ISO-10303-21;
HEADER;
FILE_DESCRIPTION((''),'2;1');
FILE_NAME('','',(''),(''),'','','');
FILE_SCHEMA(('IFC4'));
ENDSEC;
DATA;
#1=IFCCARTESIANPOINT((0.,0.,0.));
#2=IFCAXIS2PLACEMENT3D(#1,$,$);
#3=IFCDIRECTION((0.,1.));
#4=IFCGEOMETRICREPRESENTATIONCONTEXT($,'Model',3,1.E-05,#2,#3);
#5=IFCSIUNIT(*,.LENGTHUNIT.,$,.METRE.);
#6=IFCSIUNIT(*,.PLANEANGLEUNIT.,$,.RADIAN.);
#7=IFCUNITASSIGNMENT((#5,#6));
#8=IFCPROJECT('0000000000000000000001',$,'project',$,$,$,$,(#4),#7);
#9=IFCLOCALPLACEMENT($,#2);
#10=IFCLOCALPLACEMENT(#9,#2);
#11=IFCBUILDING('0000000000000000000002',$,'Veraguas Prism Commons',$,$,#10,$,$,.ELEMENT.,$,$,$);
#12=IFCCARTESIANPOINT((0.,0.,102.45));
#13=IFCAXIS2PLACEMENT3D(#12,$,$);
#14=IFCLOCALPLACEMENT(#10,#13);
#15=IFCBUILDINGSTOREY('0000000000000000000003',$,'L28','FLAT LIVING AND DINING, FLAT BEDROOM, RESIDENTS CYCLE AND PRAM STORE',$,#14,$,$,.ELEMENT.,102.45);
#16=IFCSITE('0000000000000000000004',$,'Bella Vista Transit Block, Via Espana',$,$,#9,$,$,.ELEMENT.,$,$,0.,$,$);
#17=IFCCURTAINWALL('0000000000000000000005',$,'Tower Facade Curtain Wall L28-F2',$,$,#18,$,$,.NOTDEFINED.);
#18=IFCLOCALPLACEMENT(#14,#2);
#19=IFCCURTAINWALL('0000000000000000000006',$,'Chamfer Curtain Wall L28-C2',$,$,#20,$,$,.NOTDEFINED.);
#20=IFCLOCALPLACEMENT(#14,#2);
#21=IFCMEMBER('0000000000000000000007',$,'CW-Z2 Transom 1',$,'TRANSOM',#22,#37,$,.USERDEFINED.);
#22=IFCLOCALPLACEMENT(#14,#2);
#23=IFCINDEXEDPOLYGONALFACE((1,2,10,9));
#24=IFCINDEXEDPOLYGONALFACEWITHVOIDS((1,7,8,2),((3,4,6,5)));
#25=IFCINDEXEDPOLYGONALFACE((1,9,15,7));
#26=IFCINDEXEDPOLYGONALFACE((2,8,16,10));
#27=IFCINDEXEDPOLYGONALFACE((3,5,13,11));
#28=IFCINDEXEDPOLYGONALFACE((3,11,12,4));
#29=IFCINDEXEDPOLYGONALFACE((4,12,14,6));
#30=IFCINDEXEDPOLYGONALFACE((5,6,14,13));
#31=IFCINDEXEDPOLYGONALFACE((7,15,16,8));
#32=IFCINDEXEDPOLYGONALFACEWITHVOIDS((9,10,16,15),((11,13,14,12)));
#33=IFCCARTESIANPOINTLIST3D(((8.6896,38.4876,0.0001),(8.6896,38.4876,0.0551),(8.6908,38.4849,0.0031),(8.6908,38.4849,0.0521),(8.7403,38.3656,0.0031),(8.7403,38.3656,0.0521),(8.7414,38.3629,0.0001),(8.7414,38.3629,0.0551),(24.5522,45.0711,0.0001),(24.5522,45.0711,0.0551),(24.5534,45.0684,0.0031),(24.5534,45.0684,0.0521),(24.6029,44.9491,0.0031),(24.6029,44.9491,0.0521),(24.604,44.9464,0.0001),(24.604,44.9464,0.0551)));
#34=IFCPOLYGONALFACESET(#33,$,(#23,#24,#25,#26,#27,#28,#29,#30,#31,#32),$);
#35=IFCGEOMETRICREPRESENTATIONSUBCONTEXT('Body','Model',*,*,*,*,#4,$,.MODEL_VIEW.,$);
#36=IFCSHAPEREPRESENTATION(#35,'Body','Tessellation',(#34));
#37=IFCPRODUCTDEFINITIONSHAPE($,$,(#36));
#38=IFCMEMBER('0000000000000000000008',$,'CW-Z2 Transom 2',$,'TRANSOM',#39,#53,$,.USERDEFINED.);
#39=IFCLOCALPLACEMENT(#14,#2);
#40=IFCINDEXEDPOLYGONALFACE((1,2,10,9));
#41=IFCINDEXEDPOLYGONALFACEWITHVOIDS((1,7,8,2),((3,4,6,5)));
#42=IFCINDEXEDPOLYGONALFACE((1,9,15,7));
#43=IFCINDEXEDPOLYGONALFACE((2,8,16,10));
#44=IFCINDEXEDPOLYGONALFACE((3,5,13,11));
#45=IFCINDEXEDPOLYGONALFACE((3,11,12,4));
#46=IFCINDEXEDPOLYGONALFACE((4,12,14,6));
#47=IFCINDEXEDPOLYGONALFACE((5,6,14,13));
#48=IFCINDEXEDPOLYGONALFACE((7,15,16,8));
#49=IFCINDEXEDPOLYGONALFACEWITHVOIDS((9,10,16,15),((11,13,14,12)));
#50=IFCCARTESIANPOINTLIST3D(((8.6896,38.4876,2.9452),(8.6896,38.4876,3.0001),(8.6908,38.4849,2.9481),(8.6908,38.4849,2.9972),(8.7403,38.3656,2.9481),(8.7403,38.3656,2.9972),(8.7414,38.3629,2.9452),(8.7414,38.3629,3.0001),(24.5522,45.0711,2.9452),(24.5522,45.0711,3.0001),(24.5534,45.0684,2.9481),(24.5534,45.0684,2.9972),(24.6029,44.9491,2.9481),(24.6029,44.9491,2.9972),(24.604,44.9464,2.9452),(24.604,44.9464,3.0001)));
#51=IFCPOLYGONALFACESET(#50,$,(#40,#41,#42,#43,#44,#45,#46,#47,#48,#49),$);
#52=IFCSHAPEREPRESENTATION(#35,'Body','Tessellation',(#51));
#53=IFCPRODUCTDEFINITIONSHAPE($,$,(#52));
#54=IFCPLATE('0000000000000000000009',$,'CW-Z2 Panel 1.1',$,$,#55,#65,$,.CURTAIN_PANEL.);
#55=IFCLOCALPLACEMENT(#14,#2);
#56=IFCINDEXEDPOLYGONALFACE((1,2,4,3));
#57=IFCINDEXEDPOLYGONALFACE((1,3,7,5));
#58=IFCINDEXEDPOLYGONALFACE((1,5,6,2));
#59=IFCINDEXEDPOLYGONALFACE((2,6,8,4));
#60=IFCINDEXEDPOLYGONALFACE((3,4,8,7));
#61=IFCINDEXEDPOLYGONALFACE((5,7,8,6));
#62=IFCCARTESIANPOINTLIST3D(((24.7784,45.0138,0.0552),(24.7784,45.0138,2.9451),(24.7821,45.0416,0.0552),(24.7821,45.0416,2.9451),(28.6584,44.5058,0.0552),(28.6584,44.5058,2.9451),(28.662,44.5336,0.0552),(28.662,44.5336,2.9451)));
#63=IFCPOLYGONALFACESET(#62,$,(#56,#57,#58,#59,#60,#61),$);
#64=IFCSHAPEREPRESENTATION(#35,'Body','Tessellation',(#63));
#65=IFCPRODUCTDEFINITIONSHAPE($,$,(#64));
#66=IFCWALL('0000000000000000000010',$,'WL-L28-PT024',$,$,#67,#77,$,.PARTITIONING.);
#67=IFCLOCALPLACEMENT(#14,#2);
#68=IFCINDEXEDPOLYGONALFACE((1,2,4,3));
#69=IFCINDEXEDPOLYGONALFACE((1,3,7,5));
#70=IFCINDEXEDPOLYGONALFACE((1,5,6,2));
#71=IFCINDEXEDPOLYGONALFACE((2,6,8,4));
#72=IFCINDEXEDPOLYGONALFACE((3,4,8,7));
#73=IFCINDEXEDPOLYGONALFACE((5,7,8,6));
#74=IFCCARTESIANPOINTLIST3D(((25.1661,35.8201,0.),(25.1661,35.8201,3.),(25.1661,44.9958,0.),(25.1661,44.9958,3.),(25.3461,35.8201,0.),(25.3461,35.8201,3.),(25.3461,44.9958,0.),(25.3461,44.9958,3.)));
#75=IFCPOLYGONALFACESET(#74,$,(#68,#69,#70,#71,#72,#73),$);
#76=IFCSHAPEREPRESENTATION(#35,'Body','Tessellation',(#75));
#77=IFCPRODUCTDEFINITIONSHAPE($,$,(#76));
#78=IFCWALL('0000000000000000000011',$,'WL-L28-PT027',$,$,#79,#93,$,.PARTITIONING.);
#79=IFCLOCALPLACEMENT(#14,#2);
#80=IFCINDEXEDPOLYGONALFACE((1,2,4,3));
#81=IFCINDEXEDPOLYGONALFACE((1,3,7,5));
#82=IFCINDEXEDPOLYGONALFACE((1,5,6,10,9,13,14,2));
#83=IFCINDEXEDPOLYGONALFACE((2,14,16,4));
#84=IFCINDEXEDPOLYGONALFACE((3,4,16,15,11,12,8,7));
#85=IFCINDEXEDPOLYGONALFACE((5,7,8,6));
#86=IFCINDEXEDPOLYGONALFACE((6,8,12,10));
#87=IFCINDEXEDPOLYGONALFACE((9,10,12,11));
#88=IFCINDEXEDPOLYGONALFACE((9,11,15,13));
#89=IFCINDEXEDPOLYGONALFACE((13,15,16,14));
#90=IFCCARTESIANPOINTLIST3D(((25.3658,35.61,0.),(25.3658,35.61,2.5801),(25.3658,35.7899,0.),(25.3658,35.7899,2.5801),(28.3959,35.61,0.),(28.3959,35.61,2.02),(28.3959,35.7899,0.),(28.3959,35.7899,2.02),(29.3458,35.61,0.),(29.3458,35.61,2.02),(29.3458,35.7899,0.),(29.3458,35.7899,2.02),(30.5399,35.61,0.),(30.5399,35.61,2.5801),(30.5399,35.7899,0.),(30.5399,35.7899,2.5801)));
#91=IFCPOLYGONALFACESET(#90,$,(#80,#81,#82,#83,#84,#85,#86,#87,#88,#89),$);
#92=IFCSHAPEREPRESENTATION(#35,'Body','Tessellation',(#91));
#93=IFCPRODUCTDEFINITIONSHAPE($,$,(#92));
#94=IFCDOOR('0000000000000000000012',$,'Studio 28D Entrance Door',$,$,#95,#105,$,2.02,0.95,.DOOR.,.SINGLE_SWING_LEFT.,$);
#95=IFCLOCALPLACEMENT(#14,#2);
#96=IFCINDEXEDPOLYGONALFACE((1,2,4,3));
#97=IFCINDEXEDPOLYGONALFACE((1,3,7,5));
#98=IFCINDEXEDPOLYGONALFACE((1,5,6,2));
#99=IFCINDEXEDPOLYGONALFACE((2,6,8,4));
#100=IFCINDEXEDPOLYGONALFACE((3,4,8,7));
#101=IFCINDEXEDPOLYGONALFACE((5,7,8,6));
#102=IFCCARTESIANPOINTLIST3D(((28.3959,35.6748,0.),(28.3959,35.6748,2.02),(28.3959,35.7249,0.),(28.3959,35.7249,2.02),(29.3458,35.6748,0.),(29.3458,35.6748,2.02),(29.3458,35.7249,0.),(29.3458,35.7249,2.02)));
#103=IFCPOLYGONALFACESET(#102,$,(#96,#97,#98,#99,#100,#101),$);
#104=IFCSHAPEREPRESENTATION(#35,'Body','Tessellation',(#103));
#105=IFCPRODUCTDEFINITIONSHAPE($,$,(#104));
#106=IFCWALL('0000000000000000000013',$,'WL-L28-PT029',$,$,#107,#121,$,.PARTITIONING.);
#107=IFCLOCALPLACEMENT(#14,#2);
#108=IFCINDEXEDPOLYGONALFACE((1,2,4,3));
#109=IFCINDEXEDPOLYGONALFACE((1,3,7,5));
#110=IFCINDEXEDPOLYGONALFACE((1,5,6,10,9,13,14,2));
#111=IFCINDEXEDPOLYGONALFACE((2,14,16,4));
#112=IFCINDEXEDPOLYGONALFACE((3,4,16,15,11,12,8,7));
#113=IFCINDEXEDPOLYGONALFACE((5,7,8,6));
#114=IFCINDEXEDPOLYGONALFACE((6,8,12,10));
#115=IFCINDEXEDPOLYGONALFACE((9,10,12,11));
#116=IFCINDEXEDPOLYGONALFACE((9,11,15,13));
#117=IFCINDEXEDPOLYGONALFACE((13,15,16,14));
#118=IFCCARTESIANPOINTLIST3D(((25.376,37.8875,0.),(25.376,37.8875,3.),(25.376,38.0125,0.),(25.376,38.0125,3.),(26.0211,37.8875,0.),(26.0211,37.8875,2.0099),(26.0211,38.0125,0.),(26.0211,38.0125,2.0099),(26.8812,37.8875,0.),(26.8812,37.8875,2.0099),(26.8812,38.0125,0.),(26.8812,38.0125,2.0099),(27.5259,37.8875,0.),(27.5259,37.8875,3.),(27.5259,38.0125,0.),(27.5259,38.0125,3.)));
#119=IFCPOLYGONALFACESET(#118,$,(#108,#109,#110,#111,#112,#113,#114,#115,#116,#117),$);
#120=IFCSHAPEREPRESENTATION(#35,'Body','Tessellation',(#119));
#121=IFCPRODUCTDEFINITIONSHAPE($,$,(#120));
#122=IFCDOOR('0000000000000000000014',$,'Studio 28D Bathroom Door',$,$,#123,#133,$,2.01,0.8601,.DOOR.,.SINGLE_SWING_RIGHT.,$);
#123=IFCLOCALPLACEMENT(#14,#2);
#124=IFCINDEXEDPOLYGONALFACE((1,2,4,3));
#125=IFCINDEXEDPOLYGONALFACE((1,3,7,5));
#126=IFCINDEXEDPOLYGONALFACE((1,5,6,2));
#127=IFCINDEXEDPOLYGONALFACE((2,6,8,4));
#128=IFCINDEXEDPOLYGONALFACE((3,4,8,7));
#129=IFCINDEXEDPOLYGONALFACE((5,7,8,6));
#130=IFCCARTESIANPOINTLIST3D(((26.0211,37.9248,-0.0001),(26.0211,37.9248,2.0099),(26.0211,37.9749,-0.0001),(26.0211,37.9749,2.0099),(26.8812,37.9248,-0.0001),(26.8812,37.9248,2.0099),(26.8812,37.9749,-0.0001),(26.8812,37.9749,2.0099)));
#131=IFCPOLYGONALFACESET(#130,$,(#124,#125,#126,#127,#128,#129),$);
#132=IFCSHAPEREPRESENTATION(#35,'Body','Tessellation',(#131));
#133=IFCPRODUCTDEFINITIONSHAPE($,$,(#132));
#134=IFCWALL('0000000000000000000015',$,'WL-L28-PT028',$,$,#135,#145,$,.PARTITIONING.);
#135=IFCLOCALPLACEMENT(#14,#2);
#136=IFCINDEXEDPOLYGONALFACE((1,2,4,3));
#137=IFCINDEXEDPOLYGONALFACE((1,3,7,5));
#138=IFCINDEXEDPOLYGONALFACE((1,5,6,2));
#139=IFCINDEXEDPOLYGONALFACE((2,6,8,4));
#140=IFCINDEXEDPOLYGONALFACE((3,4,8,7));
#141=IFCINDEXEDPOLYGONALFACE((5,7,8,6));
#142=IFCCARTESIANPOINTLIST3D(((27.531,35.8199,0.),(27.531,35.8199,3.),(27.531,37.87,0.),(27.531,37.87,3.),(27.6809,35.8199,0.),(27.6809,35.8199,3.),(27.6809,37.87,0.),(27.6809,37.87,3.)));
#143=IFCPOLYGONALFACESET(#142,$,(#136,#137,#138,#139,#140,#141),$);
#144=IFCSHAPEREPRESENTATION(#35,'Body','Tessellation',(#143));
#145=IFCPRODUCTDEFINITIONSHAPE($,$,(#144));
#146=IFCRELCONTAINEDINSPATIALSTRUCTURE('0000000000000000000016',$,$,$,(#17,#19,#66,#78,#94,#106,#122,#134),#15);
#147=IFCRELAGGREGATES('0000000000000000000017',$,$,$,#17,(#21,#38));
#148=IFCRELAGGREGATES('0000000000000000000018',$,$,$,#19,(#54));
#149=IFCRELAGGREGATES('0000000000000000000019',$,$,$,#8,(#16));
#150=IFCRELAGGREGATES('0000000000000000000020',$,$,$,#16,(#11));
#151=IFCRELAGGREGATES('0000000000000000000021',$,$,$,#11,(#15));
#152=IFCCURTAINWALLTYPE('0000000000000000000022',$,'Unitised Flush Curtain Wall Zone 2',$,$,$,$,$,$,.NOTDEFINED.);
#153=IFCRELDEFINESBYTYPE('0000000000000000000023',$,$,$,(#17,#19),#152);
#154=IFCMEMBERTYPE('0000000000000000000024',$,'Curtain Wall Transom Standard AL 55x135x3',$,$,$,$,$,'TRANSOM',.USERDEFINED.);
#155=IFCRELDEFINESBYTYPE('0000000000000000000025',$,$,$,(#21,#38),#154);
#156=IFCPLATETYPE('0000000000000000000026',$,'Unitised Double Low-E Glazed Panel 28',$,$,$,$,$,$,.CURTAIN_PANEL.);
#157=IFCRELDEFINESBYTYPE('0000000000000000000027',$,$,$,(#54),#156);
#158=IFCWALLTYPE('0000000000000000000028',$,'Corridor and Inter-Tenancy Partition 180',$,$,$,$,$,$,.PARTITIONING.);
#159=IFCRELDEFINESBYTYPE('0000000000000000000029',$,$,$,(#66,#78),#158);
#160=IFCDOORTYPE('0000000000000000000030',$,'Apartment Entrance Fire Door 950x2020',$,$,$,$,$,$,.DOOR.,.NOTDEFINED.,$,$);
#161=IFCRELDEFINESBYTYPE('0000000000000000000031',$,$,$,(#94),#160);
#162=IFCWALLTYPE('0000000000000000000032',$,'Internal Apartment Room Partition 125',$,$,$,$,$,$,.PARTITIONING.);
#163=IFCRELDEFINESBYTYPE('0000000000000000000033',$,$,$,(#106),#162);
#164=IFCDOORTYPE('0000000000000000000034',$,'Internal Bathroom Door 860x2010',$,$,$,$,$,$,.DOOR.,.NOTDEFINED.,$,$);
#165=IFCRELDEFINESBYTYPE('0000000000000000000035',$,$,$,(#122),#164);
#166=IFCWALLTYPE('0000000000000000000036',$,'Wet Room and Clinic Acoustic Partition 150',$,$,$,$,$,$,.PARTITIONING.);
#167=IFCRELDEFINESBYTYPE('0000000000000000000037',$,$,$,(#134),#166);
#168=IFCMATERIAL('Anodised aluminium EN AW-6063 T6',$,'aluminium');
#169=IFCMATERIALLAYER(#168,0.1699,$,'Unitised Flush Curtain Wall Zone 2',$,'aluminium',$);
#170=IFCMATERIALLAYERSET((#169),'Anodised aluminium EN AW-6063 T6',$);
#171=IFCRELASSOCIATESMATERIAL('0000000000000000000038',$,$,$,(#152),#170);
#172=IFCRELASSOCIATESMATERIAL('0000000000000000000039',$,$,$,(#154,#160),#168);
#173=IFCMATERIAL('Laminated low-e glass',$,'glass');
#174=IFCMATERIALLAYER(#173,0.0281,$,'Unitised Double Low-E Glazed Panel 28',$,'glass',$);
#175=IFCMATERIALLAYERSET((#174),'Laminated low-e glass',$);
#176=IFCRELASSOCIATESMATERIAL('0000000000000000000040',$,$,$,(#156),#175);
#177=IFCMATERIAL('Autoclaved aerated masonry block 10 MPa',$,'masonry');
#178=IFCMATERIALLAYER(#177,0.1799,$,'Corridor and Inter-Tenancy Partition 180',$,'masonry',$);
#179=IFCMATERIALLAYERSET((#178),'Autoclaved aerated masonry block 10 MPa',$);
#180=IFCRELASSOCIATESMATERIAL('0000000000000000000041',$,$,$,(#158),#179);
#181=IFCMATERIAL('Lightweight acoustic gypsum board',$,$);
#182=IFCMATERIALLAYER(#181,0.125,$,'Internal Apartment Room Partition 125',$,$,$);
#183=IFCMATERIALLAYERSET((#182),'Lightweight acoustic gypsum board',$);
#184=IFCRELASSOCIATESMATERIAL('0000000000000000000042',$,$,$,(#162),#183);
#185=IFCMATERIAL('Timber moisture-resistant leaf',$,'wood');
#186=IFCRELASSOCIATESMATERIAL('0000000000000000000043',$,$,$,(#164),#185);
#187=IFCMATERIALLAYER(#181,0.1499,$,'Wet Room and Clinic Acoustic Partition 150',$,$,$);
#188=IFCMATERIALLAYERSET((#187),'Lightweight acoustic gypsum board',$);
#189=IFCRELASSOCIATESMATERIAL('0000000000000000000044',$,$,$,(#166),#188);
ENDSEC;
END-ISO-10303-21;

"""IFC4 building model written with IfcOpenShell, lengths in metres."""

from ifc_helpers import new_model, si_unit, direction, frame, frame_2d, origin, origin_2d, place, context, subcontext, project, spatial, rectangle, hollow_rectangle, extrude, source, transform, mapped, material, layer, layer_set, material_profile, profile_set, type_object, element, fill, aggregate, save


model = new_model("IFC4")

# Units and contexts
model_context = context("Model", 3, precision=1e-05, world=origin(), true_north=direction((0.0, 1.0)))
body_context = subcontext(model_context, "Body", "Model", "MODEL_VIEW")
ifc_project = project(units=[si_unit("LENGTHUNIT", "METRE"), si_unit("PLANEANGLEUNIT", "RADIAN")], contexts=[model_context])

# Site, building, storey
site_placement = place(None, origin())
site = spatial("IfcSite", under=ifc_project, at=site_placement, Name="Bella Vista Transit Block, Via Espana", CompositionType="ELEMENT", RefElevation=0.0)
building_placement = place(site_placement, origin())
building = spatial("IfcBuilding", under=site, at=building_placement, Name="Veraguas Prism Commons", CompositionType="ELEMENT")
storey_placement = place(building_placement, frame((0.0, 0.0, 102.45)))
storey = spatial("IfcBuildingStorey", under=building, at=storey_placement, Name="L28", Description="FLAT LIVING AND DINING, FLAT BEDROOM, RESIDENTS CYCLE AND PRAM STORE", CompositionType="ELEMENT", Elevation=102.45)

# Curtain wall
ifc_material_1 = material(Name="Anodised aluminium EN AW-6063 T6", Category="aluminium")
ifc_layer_1 = layer(ifc_material_1, 0.1699, Name="Unitised Flush Curtain Wall Zone 2", Category="aluminium")
ifc_layer_set_1 = layer_set([ifc_layer_1], Name="Anodised aluminium EN AW-6063 T6")
curtain_wall_type = type_object("IfcCurtainWallType", Name="Unitised Flush Curtain Wall Zone 2", PredefinedType="NOTDEFINED", material=ifc_layer_set_1)
curtain_wall_1_placement = place(storey_placement, origin())
curtain_wall_1 = element("IfcCurtainWall", 1, at=curtain_wall_1_placement, inside=storey, type_object=curtain_wall_type, Name="Tower Facade Curtain Wall L28-F2", PredefinedType="NOTDEFINED")

# Curtain wall
curtain_wall_2_placement = place(storey_placement, origin())
curtain_wall_2 = element("IfcCurtainWall", 2, at=curtain_wall_2_placement, inside=storey, type_object=curtain_wall_type, Name="Chamfer Curtain Wall L28-C2", PredefinedType="NOTDEFINED")
ifc_material_profile_1 = material_profile(ifc_material_1, hollow_rectangle(XDim=0.0549, YDim=0.135, WallThickness=0.0029, at=origin_2d()), Name="AL55X135X3")
ifc_profile_set_1 = profile_set([ifc_material_profile_1], Name="Anodised aluminium EN AW-6063 T6")
member_type_1 = type_object("IfcMemberType", Name="Curtain Wall Transom Standard AL 55x135x3", ElementType="TRANSOM", PredefinedType="USERDEFINED", material=ifc_profile_set_1)

# Members
shared_shape_1 = source(origin(), body_context, "Body", "SweptSolid", [
    extrude(hollow_rectangle(XDim=0.0549, YDim=0.135, WallThickness=0.0029, at=origin_2d()), origin(), (0.0, 0.0, 1.0), 17.1746),
])
member_1_placement = place(storey_placement, frame((24.5781, 45.0088, 0.0276), z_axis=(-0.923611, -0.38333, 0.0), x_axis=(0.0, 0.0, 1.0)))
member_1 = element("IfcMember", 3, at=member_1_placement, type_object=member_type_1, Name="CW-Z2 Transom 1", ObjectType="TRANSOM", PredefinedType="USERDEFINED", context=body_context, shape_type="MappedRepresentation", body=[
    mapped(shared_shape_1, transform((0.0, 0.0, 0.0), scale=1.0)),
])
member_2_placement = place(storey_placement, frame((24.5781, 45.0088, 2.9727), z_axis=(-0.923611, -0.38333, 0.0), x_axis=(0.0, 0.0, 1.0)))
member_2 = element("IfcMember", 4, at=member_2_placement, type_object=member_type_1, Name="CW-Z2 Transom 2", ObjectType="TRANSOM", PredefinedType="USERDEFINED", context=body_context, shape_type="MappedRepresentation", body=[
    mapped(shared_shape_1, transform((0.0, 0.0, 0.0), scale=1.0)),
])
aggregate(curtain_wall_1, [member_1, member_2])

# Plate
ifc_material_2 = material(Name="Laminated low-e glass", Category="glass")
ifc_layer_2 = layer(ifc_material_2, 0.0281, Name="Unitised Double Low-E Glazed Panel 28", Category="glass")
ifc_layer_set_2 = layer_set([ifc_layer_2], Name="Laminated low-e glass")
plate_type = type_object("IfcPlateType", Name="Unitised Double Low-E Glazed Panel 28", PredefinedType="CURTAIN_PANEL", material=ifc_layer_set_2)
shared_shape_2 = source(origin(), body_context, "Body", "SweptSolid", [
    extrude(rectangle(XDim=3.9131, YDim=0.0281, at=origin_2d()), origin(), (0.0, 0.0, 1.0), 2.8899),
])
plate_placement = place(storey_placement, frame((26.7202, 44.7737, 0.0552), z_axis=(0.0, 0.0, 1.0), x_axis=(-0.991537, 0.129825, 0.0)))
plate = element("IfcPlate", 5, at=plate_placement, type_object=plate_type, Name="CW-Z2 Panel 1.1", PredefinedType="CURTAIN_PANEL", context=body_context, shape_type="MappedRepresentation", body=[
    mapped(shared_shape_2, transform((0.0, 0.0, 0.0), scale=1.0)),
])
aggregate(curtain_wall_2, [plate])

# Wall
ifc_material_3 = material(Name="Autoclaved aerated masonry block 10 MPa", Category="masonry")
ifc_layer_3 = layer(ifc_material_3, 0.1799, Name="Corridor and Inter-Tenancy Partition 180", Category="masonry")
ifc_layer_set_3 = layer_set([ifc_layer_3], Name="Autoclaved aerated masonry block 10 MPa")
wall_type_1 = type_object("IfcWallType", Name="Corridor and Inter-Tenancy Partition 180", PredefinedType="PARTITIONING", material=ifc_layer_set_3)
wall_1_placement = place(storey_placement, frame((25.2561, 35.8201, 0.0), z_axis=(0.0, 0.0, 1.0), x_axis=(0.0, 1.0, 0.0)))
element("IfcWall", 6, at=wall_1_placement, inside=storey, type_object=wall_type_1, Name="WL-L28-PT024", PredefinedType="PARTITIONING", context=body_context, shape_type="SweptSolid", body=[
    extrude(rectangle(XDim=9.1758, YDim=0.1799, at=frame_2d((4.5879, 0.0))), origin(), (0.0, 0.0, 1.0), 3.0),
])

# Walls, openings, doors
wall_2_placement = place(storey_placement, frame((25.366, 35.7, 0.0), z_axis=(0.0, 0.0, 1.0), x_axis=(1.0, 0.0, 0.0)))
wall_2 = element("IfcWall", 7, at=wall_2_placement, inside=storey, type_object=wall_type_1, Name="WL-L28-PT027", PredefinedType="PARTITIONING", context=body_context, shape_type="SweptSolid", body=[
    extrude(rectangle(XDim=5.1741, YDim=0.1799, at=frame_2d((2.5869, 0.0))), origin(), (0.0, 0.0, 1.0), 2.5801),
])
opening_1_placement = place(wall_2_placement, frame((3.0298, 0.0, 0.0)))
opening_1 = element("IfcOpeningElement", 8, at=opening_1_placement, cuts=wall_2, PredefinedType="OPENING", context=body_context, shape_type="SweptSolid", body=[
    extrude(rectangle(XDim=0.95, YDim=2.02, at=frame_2d((0.4751, 1.01))), frame((0.0, 0.0999, 0.0), z_axis=(0.0, -1.0, 0.0), x_axis=(1.0, 0.0, 0.0)), (0.0, 0.0, 1.0), 0.2),
])
door_type_1 = type_object("IfcDoorType", Name="Apartment Entrance Fire Door 950x2020", OperationType="NOTDEFINED", PredefinedType="DOOR", material=ifc_material_1)
shared_shape_3 = source(origin(), body_context, "Body", "SweptSolid", [
    extrude(rectangle(XDim=0.95, YDim=2.02, at=frame_2d((0.4751, 1.01))), frame((0.0, 0.0249, 0.0), z_axis=(0.0, -1.0, 0.0), x_axis=(1.0, 0.0, 0.0)), (0.0, 0.0, 1.0), 0.05),
])
door_1_placement = place(opening_1_placement, origin())
door_1 = element("IfcDoor", 9, at=door_1_placement, inside=storey, type_object=door_type_1, Name="Studio 28D Entrance Door", OperationType="SINGLE_SWING_LEFT", OverallHeight=2.02, OverallWidth=0.95, PredefinedType="DOOR", context=body_context, shape_type="MappedRepresentation", body=[
    mapped(shared_shape_3, transform((0.0, 0.0, 0.0), scale=1.0)),
])
fill(opening_1, door_1)
ifc_material_4 = material(Name="Lightweight acoustic gypsum board")
ifc_layer_4 = layer(ifc_material_4, 0.125, Name="Internal Apartment Room Partition 125")
ifc_layer_set_4 = layer_set([ifc_layer_4], Name="Lightweight acoustic gypsum board")
wall_type_2 = type_object("IfcWallType", Name="Internal Apartment Room Partition 125", PredefinedType="PARTITIONING", material=ifc_layer_set_4)
wall_3_placement = place(storey_placement, frame((25.376, 37.95, 0.0), z_axis=(0.0, 0.0, 1.0), x_axis=(1.0, 0.0, 0.0)))
wall_3 = element("IfcWall", 10, at=wall_3_placement, inside=storey, type_object=wall_type_2, Name="WL-L28-PT029", PredefinedType="PARTITIONING", context=body_context, shape_type="SweptSolid", body=[
    extrude(rectangle(XDim=2.1499, YDim=0.125, at=frame_2d((1.075, 0.0))), origin(), (0.0, 0.0, 1.0), 3.0),
])
opening_2_placement = place(wall_3_placement, frame((0.645, 0.0, 0.0)))
opening_2 = element("IfcOpeningElement", 11, at=opening_2_placement, cuts=wall_3, PredefinedType="OPENING", context=body_context, shape_type="SweptSolid", body=[
    extrude(rectangle(XDim=0.8601, YDim=2.01, at=frame_2d((0.4302, 1.0049))), frame((0.0, 0.0725, 0.0), z_axis=(0.0, -1.0, 0.0), x_axis=(1.0, 0.0, 0.0)), (0.0, 0.0, 1.0), 0.145),
])
ifc_material_5 = material(Name="Timber moisture-resistant leaf", Category="wood")
door_type_2 = type_object("IfcDoorType", Name="Internal Bathroom Door 860x2010", OperationType="NOTDEFINED", PredefinedType="DOOR", material=ifc_material_5)
shared_shape_4 = source(origin(), body_context, "Body", "SweptSolid", [
    extrude(rectangle(XDim=0.8601, YDim=2.01, at=frame_2d((0.4302, 1.0049))), frame((0.0, 0.0249, 0.0), z_axis=(0.0, -1.0, 0.0), x_axis=(1.0, 0.0, 0.0)), (0.0, 0.0, 1.0), 0.05),
])
door_2_placement = place(opening_2_placement, origin())
door_2 = element("IfcDoor", 12, at=door_2_placement, inside=storey, type_object=door_type_2, Name="Studio 28D Bathroom Door", OperationType="SINGLE_SWING_RIGHT", OverallHeight=2.01, OverallWidth=0.8601, PredefinedType="DOOR", context=body_context, shape_type="MappedRepresentation", body=[
    mapped(shared_shape_4, transform((0.0, 0.0, 0.0), scale=1.0)),
])
fill(opening_2, door_2)

# Wall
ifc_layer_5 = layer(ifc_material_4, 0.1499, Name="Wet Room and Clinic Acoustic Partition 150")
ifc_layer_set_5 = layer_set([ifc_layer_5], Name="Lightweight acoustic gypsum board")
wall_type_3 = type_object("IfcWallType", Name="Wet Room and Clinic Acoustic Partition 150", PredefinedType="PARTITIONING", material=ifc_layer_set_5)
wall_4_placement = place(storey_placement, frame((27.606, 35.8201, 0.0), z_axis=(0.0, 0.0, 1.0), x_axis=(0.0, 1.0, 0.0)))
element("IfcWall", 13, at=wall_4_placement, inside=storey, type_object=wall_type_3, Name="WL-L28-PT028", PredefinedType="PARTITIONING", context=body_context, shape_type="SweptSolid", body=[
    extrude(rectangle(XDim=2.05, YDim=0.1499, at=frame_2d((1.0249, 0.0))), origin(), (0.0, 0.0, 1.0), 3.0),
])

save(model, "model.ifc")
